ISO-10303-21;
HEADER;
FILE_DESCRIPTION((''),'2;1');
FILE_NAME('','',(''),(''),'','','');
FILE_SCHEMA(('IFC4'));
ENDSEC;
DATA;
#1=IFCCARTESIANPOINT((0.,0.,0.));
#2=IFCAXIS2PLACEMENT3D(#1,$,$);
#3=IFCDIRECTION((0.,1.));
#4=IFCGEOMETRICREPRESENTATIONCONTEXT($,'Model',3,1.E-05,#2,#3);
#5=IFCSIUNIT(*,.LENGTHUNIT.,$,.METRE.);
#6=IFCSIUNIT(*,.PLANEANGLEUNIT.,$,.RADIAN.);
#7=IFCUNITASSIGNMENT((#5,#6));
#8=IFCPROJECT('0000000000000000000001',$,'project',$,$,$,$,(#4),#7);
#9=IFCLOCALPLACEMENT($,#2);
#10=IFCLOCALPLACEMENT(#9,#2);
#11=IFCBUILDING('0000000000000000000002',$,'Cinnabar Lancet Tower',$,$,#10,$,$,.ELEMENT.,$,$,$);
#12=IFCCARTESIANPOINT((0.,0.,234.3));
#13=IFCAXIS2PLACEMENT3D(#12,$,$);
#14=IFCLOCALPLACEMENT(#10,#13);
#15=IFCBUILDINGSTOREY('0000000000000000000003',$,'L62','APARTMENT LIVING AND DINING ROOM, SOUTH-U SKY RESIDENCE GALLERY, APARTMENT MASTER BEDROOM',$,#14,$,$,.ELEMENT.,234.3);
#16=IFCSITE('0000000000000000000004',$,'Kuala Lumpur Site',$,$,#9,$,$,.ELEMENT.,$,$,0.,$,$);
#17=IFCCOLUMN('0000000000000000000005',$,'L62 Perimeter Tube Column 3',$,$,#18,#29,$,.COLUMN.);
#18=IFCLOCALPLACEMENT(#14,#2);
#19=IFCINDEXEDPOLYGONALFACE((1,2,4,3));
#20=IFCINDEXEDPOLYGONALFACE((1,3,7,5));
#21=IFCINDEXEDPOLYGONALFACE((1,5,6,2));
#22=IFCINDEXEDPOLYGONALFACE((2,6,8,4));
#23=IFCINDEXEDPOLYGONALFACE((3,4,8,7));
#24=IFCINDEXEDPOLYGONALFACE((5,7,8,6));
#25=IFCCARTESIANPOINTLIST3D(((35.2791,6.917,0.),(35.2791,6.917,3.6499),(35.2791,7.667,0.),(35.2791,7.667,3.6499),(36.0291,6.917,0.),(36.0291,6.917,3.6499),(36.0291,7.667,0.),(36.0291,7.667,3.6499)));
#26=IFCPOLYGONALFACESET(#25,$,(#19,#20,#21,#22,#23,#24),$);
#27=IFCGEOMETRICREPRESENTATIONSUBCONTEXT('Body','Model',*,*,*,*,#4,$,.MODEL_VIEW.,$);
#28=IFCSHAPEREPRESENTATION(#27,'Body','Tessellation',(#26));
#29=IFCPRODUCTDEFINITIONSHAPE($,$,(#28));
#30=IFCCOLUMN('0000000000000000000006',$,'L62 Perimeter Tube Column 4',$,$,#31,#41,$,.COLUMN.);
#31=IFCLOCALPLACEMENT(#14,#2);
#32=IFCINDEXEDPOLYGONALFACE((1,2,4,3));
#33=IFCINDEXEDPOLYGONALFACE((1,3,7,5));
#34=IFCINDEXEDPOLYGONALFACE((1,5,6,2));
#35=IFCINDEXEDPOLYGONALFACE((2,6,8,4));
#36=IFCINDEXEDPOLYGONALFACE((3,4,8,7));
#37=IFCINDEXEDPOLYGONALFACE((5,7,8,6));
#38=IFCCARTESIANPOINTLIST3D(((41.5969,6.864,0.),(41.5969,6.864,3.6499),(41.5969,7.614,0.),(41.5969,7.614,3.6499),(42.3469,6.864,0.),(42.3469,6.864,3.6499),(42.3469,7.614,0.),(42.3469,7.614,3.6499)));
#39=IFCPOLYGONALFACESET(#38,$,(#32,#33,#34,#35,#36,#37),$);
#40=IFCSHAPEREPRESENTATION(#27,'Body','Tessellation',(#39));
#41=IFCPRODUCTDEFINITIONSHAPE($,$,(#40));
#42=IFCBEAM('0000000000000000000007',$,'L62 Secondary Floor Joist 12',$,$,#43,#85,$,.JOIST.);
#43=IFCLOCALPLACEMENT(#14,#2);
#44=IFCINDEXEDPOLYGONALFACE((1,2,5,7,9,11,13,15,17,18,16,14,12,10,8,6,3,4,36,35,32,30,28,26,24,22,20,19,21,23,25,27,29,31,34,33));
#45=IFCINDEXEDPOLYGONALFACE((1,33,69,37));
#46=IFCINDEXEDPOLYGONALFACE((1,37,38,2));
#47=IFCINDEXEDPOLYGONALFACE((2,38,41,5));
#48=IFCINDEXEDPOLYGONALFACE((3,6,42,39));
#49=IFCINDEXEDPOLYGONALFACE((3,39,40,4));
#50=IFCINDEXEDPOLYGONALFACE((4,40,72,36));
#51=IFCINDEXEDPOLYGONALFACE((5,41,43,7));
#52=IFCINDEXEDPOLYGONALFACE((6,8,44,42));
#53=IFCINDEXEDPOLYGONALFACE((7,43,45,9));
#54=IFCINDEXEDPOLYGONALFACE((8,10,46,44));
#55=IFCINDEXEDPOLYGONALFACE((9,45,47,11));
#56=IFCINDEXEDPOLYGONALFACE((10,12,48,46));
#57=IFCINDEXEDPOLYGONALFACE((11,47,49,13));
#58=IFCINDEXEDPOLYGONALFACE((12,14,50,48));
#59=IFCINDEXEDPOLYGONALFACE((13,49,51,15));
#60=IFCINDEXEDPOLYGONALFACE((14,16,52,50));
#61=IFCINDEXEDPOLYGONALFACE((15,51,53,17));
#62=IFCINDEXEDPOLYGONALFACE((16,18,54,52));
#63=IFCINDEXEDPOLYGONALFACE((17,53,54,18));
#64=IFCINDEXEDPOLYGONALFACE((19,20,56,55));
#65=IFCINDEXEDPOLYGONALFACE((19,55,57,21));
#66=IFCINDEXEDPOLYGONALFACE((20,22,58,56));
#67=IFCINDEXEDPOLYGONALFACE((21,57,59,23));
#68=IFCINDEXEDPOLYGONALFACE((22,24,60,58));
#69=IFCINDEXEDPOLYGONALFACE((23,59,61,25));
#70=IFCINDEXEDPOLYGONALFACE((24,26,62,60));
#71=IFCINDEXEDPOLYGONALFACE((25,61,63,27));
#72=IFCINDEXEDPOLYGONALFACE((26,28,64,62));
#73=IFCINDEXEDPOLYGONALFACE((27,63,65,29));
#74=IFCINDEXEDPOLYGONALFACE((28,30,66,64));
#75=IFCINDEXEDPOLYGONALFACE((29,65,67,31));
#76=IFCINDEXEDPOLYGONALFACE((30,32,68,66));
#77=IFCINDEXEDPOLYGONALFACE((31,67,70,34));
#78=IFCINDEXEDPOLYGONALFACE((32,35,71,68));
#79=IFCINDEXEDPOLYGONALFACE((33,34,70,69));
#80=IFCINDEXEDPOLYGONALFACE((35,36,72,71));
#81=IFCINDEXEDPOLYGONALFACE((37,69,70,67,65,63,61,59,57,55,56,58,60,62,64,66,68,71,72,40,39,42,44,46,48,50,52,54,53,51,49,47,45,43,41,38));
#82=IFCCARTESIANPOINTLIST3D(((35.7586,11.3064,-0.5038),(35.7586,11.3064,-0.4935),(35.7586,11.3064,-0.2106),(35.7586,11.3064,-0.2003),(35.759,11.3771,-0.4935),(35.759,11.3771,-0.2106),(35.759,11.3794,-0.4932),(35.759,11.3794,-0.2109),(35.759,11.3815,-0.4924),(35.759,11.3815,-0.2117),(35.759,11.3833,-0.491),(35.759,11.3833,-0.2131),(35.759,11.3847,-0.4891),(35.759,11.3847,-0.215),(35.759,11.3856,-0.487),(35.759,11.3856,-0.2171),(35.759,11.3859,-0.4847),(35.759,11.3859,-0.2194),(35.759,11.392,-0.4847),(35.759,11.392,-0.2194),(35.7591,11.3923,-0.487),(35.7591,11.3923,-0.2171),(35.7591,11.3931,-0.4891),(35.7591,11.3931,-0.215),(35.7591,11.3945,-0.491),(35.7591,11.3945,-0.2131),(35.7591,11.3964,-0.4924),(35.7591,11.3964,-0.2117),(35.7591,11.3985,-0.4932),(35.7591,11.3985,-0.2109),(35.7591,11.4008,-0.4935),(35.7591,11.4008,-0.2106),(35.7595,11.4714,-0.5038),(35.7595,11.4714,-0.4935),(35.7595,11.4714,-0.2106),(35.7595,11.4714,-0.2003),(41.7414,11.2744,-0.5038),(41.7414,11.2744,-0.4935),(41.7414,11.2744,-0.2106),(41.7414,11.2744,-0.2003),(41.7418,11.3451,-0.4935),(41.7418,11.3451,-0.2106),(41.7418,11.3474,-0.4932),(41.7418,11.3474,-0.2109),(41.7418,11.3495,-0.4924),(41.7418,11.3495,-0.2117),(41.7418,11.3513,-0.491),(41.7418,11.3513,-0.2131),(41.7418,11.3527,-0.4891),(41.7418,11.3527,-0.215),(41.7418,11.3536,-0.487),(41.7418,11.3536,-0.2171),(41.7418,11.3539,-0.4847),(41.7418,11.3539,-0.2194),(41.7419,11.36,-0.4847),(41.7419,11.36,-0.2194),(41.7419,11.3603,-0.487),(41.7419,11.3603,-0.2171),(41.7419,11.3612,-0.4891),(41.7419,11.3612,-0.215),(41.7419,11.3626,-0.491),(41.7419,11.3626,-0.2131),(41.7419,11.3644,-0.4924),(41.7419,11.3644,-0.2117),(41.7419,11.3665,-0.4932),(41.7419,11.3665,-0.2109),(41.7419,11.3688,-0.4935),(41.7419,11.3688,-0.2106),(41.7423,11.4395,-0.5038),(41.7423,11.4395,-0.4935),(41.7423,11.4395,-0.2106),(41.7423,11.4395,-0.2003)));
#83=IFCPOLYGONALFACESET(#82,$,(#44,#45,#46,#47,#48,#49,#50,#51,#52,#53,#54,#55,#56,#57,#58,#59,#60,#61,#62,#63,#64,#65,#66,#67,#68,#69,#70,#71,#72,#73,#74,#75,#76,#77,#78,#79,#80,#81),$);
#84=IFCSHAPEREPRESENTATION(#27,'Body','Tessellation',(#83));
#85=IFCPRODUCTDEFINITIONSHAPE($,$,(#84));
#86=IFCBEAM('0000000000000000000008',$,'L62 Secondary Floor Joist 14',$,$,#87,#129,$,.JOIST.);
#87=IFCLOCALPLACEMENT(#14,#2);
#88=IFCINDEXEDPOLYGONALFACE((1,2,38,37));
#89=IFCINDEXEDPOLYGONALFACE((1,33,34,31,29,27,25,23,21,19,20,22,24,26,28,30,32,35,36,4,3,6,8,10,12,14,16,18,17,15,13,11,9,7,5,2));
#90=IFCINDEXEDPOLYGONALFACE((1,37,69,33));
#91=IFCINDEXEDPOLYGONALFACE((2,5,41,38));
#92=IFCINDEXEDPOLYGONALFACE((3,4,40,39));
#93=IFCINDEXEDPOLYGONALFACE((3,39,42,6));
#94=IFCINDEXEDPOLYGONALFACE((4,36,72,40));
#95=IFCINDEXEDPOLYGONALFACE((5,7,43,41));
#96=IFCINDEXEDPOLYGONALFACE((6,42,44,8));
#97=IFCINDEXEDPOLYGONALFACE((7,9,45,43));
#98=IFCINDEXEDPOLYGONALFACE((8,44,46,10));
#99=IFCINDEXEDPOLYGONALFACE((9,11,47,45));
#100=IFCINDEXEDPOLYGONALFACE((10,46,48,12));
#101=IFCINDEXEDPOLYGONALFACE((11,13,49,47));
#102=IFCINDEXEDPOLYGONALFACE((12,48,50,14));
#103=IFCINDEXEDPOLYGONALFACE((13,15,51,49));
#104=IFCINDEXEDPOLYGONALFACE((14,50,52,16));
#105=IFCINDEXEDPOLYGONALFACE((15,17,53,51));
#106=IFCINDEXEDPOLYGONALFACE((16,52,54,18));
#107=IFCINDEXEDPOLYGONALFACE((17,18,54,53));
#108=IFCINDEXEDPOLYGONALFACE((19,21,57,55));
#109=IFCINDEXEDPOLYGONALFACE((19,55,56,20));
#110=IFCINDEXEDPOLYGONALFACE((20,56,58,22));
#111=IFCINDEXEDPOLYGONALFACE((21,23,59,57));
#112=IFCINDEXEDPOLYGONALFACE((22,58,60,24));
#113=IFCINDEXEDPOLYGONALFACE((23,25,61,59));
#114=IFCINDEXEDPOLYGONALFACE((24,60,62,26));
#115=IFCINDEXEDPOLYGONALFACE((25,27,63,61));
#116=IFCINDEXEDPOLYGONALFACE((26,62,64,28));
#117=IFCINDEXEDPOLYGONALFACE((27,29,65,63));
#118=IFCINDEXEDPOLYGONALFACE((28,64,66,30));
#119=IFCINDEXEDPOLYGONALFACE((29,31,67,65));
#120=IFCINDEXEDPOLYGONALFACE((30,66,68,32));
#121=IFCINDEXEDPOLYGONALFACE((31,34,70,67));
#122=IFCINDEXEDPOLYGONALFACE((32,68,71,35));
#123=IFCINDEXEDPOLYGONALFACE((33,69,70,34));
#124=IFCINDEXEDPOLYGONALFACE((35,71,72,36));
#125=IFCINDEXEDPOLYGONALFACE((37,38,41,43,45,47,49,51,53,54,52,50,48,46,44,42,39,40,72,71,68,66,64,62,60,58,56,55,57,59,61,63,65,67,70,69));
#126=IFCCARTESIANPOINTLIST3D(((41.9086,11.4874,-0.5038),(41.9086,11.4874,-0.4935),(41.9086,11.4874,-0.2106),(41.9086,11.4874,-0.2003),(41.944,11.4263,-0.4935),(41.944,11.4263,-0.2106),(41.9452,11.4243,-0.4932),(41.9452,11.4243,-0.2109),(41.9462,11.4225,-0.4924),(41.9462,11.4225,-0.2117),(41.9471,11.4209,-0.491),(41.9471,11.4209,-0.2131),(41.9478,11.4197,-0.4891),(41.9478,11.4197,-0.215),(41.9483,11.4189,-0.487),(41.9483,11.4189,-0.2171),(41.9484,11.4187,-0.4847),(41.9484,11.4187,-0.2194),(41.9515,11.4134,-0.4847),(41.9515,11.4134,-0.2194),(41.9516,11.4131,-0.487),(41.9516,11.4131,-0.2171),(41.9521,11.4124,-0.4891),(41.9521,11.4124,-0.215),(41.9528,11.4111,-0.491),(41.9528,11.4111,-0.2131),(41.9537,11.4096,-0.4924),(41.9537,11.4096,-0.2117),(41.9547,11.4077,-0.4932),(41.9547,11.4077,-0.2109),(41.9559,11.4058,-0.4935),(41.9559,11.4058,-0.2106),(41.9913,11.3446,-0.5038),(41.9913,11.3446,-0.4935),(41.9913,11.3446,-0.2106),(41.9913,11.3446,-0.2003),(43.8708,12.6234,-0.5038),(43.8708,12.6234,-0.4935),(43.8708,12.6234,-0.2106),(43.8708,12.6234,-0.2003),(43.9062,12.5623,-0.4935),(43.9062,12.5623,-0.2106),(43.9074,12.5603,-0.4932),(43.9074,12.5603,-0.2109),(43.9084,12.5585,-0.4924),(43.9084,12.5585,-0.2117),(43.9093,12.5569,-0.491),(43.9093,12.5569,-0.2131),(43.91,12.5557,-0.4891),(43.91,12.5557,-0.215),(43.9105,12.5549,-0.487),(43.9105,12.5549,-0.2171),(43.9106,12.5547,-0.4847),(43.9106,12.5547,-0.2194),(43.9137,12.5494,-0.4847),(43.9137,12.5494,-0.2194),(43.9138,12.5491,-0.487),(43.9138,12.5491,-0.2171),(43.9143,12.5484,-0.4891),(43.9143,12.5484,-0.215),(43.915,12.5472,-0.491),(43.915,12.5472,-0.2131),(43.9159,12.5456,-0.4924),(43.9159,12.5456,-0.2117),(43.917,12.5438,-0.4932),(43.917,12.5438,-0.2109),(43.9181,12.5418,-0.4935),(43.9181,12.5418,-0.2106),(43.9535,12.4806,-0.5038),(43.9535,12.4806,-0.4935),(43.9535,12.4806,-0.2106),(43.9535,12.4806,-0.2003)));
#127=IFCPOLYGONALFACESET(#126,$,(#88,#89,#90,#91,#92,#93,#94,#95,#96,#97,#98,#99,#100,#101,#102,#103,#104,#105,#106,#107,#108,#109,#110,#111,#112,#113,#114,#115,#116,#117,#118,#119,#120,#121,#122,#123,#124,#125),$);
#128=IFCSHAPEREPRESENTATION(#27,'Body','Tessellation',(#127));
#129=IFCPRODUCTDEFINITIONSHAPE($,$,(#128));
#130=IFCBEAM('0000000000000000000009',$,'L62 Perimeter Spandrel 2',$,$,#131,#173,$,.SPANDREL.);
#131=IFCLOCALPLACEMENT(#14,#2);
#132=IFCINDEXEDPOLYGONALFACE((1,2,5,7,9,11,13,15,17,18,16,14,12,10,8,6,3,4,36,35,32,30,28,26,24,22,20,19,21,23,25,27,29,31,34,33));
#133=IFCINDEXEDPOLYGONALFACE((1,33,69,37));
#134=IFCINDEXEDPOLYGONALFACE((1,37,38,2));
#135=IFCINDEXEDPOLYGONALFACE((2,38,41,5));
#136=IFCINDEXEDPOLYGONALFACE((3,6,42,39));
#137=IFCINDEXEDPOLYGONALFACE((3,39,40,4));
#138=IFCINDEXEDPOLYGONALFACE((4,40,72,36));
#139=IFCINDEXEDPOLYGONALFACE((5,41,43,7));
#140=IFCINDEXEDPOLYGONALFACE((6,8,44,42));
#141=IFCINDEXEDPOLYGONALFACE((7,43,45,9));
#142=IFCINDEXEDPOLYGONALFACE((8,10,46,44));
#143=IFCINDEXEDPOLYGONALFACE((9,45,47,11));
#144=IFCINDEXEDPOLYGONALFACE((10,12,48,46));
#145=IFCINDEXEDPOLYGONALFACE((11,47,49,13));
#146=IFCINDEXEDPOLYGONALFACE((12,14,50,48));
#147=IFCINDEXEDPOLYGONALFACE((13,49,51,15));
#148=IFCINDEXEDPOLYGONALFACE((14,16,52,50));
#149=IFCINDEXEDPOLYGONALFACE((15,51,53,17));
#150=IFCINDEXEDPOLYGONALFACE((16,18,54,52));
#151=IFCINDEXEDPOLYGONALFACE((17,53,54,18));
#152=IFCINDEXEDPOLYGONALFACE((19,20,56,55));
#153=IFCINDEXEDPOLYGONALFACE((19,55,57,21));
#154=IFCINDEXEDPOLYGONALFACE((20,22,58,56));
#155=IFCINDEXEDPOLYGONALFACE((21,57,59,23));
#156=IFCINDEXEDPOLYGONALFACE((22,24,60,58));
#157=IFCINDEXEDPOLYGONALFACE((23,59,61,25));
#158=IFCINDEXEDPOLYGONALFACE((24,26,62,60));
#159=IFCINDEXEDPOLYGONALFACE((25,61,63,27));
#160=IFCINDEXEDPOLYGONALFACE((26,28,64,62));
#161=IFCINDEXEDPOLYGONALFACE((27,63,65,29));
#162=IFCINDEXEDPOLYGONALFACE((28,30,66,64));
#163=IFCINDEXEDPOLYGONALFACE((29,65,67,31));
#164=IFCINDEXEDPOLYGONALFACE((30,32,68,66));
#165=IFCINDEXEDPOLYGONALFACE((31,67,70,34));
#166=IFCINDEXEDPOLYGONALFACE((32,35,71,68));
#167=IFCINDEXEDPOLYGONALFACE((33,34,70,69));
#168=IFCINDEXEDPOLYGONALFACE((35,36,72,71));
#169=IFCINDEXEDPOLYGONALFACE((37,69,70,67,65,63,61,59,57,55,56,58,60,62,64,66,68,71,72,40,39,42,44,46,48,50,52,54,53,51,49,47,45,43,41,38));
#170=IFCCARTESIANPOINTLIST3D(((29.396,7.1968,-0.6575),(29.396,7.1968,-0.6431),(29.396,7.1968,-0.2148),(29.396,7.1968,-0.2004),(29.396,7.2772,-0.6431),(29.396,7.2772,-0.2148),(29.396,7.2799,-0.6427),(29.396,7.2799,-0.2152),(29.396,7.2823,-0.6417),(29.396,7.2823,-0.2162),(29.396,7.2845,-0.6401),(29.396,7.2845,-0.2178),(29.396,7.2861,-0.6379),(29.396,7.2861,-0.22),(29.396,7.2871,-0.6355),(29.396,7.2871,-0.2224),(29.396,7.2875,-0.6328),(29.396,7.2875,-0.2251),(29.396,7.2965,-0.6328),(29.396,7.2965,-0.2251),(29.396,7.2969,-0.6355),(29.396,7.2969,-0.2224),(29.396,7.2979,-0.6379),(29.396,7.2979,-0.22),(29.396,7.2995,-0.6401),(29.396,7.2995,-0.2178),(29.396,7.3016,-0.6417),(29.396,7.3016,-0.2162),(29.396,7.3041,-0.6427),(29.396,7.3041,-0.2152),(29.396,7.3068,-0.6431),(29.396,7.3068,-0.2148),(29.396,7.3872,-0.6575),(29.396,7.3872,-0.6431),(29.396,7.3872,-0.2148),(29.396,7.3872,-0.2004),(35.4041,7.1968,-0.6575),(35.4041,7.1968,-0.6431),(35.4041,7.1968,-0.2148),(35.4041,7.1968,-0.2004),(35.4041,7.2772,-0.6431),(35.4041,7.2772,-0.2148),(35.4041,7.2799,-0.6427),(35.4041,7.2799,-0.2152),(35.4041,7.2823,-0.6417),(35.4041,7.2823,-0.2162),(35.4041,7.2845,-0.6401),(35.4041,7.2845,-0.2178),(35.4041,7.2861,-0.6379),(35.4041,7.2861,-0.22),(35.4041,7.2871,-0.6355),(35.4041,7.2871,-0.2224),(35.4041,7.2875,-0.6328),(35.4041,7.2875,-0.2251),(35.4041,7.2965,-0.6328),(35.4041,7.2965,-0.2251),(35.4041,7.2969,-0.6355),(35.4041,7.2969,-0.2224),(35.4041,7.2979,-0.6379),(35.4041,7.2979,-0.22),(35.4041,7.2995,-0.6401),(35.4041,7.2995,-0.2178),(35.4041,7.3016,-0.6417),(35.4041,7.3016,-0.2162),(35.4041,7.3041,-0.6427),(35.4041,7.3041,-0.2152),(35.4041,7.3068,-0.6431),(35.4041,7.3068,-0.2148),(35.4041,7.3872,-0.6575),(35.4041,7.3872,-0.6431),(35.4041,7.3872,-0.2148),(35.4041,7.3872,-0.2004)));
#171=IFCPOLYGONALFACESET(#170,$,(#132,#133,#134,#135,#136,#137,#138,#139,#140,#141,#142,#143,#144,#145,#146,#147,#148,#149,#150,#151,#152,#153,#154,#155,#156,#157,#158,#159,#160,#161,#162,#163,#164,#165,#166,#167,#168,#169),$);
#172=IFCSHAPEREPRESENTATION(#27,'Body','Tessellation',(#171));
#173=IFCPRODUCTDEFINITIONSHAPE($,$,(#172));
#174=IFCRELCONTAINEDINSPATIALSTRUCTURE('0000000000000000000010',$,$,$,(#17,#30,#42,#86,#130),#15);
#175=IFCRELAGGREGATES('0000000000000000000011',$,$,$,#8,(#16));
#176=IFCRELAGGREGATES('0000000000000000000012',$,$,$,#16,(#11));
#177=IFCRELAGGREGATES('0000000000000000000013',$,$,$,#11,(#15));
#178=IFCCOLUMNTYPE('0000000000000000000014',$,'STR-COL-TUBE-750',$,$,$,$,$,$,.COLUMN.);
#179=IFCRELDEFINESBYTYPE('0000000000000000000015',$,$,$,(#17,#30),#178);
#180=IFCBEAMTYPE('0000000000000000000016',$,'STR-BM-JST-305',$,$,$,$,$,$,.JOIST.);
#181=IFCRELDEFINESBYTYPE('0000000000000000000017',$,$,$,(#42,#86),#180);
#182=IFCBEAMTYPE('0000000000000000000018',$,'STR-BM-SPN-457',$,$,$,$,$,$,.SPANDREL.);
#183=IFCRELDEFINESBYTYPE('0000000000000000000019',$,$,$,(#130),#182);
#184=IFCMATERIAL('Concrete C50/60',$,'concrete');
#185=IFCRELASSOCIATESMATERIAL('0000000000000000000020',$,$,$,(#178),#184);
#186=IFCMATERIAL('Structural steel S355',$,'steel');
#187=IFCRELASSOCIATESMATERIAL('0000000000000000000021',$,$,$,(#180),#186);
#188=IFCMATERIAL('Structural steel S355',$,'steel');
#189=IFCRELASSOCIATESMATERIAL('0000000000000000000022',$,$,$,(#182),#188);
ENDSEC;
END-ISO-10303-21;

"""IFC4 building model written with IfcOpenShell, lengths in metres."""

from ifc_helpers import new_model, si_unit, direction, frame, origin, origin_2d, place, context, subcontext, project, spatial, rectangle, i_section, extrude, material, material_profile, profile_set, type_object, element, save


model = new_model("IFC4")

# Units and contexts
model_context = context("Model", 3, precision=1e-05, world=origin(), true_north=direction((0.0, 1.0)))
body_context = subcontext(model_context, "Body", "Model", "MODEL_VIEW")
ifc_project = project(units=[si_unit("LENGTHUNIT", "METRE"), si_unit("PLANEANGLEUNIT", "RADIAN")], contexts=[model_context])

# Site, building, storey
site_placement = place(None, origin())
site = spatial("IfcSite", under=ifc_project, at=site_placement, Name="Kuala Lumpur Site", CompositionType="ELEMENT", RefElevation=0.0)
building_placement = place(site_placement, origin())
building = spatial("IfcBuilding", under=site, at=building_placement, Name="Cinnabar Lancet Tower", CompositionType="ELEMENT")
storey_placement = place(building_placement, frame((0.0, 0.0, 234.3)))
storey = spatial("IfcBuildingStorey", under=building, at=storey_placement, Name="L62", Description="APARTMENT LIVING AND DINING ROOM, SOUTH-U SKY RESIDENCE GALLERY, APARTMENT MASTER BEDROOM", CompositionType="ELEMENT", Elevation=234.3)

# Columns
ifc_material_1 = material(Name="Concrete C50/60", Category="concrete")
ifc_material_profile_1 = material_profile(ifc_material_1, rectangle(XDim=0.75, YDim=0.75, at=origin_2d()), Name="RC-COL 750x750")
ifc_profile_set_1 = profile_set([ifc_material_profile_1], Name="Concrete C50/60")
column_type = type_object("IfcColumnType", Name="STR-COL-TUBE-750", PredefinedType="COLUMN", material=ifc_profile_set_1)
for number, where, z_axis, x_axis, name in (
    (1, (35.6541, 7.292, 0.0), (0.0, 0.0, 1.0), (1.0, 0.0, 0.0), "L62 Perimeter Tube Column 3"),
    (2, (41.9719, 7.239, 0.0), (0.0, 0.0, 1.0), (1.0, 0.0, 0.0), "L62 Perimeter Tube Column 4"),
):
    element("IfcColumn", number, at=place(storey_placement, frame(where, z_axis=z_axis, x_axis=x_axis)), inside=storey, type_object=column_type, Name=name, PredefinedType="COLUMN", context=body_context, shape_type="SweptSolid", body=[
        extrude(rectangle(XDim=0.75, YDim=0.75, at=origin_2d()), origin(), (0.0, 0.0, 1.0), 3.6499),
    ])

# Beams
ifc_material_2 = material(Name="Structural steel S355", Category="steel")
ifc_material_profile_2 = material_profile(ifc_material_2, i_section(OverallWidth=0.165, OverallDepth=0.3035, WebThickness=0.0061, FlangeThickness=0.0103, FilletRadius=0.0088, at=origin_2d()), Name="UKB 305x165x40")
ifc_profile_set_2 = profile_set([ifc_material_profile_2], Name="Structural steel S355")
beam_type_1 = type_object("IfcBeamType", Name="STR-BM-JST-305", PredefinedType="JOIST", material=ifc_profile_set_2)
beam_1_placement = place(storey_placement, frame((35.759, 11.3889, -0.3521), z_axis=(0.999986, -0.005346, 0.0), x_axis=(0.005346, 0.999986, 0.0)))
element("IfcBeam", 3, at=beam_1_placement, inside=storey, type_object=beam_type_1, Name="L62 Secondary Floor Joist 12", PredefinedType="JOIST", context=body_context, shape_type="SweptSolid", body=[
    extrude(i_section(OverallWidth=0.165, OverallDepth=0.3035, WebThickness=0.0061, FlangeThickness=0.0103, FilletRadius=0.0088, at=origin_2d()), origin(), (0.0, 0.0, 1.0), 5.9829),
])
beam_2_placement = place(storey_placement, frame((41.95, 11.416, -0.3521), z_axis=(0.865426, 0.501036, 0.0), x_axis=(-0.501036, 0.865426, 0.0)))
element("IfcBeam", 4, at=beam_2_placement, inside=storey, type_object=beam_type_1, Name="L62 Secondary Floor Joist 14", PredefinedType="JOIST", context=body_context, shape_type="SweptSolid", body=[
    extrude(i_section(OverallWidth=0.165, OverallDepth=0.3035, WebThickness=0.0061, FlangeThickness=0.0103, FilletRadius=0.0088, at=origin_2d()), origin(), (0.0, 0.0, 1.0), 2.2673),
])
ifc_material_3 = material(Name="Structural steel S355", Category="steel")
ifc_material_profile_3 = material_profile(ifc_material_3, i_section(OverallWidth=0.1904, OverallDepth=0.457, WebThickness=0.009, FlangeThickness=0.0144, FilletRadius=0.0103, at=origin_2d()), Name="UKB 457x191x74")
ifc_profile_set_3 = profile_set([ifc_material_profile_3], Name="Structural steel S355")
beam_type_2 = type_object("IfcBeamType", Name="STR-BM-SPN-457", PredefinedType="SPANDREL", material=ifc_profile_set_3)
beam_3_placement = place(storey_placement, frame((29.396, 7.292, -0.429), z_axis=(1.0, 0.0, 0.0), x_axis=(0.0, 1.0, 0.0)))
element("IfcBeam", 5, at=beam_3_placement, inside=storey, type_object=beam_type_2, Name="L62 Perimeter Spandrel 2", PredefinedType="SPANDREL", context=body_context, shape_type="SweptSolid", body=[
    extrude(i_section(OverallWidth=0.1904, OverallDepth=0.457, WebThickness=0.009, FlangeThickness=0.0144, FilletRadius=0.0103, at=origin_2d()), origin(), (0.0, 0.0, 1.0), 6.0081),
])

save(model, "model.ifc")
